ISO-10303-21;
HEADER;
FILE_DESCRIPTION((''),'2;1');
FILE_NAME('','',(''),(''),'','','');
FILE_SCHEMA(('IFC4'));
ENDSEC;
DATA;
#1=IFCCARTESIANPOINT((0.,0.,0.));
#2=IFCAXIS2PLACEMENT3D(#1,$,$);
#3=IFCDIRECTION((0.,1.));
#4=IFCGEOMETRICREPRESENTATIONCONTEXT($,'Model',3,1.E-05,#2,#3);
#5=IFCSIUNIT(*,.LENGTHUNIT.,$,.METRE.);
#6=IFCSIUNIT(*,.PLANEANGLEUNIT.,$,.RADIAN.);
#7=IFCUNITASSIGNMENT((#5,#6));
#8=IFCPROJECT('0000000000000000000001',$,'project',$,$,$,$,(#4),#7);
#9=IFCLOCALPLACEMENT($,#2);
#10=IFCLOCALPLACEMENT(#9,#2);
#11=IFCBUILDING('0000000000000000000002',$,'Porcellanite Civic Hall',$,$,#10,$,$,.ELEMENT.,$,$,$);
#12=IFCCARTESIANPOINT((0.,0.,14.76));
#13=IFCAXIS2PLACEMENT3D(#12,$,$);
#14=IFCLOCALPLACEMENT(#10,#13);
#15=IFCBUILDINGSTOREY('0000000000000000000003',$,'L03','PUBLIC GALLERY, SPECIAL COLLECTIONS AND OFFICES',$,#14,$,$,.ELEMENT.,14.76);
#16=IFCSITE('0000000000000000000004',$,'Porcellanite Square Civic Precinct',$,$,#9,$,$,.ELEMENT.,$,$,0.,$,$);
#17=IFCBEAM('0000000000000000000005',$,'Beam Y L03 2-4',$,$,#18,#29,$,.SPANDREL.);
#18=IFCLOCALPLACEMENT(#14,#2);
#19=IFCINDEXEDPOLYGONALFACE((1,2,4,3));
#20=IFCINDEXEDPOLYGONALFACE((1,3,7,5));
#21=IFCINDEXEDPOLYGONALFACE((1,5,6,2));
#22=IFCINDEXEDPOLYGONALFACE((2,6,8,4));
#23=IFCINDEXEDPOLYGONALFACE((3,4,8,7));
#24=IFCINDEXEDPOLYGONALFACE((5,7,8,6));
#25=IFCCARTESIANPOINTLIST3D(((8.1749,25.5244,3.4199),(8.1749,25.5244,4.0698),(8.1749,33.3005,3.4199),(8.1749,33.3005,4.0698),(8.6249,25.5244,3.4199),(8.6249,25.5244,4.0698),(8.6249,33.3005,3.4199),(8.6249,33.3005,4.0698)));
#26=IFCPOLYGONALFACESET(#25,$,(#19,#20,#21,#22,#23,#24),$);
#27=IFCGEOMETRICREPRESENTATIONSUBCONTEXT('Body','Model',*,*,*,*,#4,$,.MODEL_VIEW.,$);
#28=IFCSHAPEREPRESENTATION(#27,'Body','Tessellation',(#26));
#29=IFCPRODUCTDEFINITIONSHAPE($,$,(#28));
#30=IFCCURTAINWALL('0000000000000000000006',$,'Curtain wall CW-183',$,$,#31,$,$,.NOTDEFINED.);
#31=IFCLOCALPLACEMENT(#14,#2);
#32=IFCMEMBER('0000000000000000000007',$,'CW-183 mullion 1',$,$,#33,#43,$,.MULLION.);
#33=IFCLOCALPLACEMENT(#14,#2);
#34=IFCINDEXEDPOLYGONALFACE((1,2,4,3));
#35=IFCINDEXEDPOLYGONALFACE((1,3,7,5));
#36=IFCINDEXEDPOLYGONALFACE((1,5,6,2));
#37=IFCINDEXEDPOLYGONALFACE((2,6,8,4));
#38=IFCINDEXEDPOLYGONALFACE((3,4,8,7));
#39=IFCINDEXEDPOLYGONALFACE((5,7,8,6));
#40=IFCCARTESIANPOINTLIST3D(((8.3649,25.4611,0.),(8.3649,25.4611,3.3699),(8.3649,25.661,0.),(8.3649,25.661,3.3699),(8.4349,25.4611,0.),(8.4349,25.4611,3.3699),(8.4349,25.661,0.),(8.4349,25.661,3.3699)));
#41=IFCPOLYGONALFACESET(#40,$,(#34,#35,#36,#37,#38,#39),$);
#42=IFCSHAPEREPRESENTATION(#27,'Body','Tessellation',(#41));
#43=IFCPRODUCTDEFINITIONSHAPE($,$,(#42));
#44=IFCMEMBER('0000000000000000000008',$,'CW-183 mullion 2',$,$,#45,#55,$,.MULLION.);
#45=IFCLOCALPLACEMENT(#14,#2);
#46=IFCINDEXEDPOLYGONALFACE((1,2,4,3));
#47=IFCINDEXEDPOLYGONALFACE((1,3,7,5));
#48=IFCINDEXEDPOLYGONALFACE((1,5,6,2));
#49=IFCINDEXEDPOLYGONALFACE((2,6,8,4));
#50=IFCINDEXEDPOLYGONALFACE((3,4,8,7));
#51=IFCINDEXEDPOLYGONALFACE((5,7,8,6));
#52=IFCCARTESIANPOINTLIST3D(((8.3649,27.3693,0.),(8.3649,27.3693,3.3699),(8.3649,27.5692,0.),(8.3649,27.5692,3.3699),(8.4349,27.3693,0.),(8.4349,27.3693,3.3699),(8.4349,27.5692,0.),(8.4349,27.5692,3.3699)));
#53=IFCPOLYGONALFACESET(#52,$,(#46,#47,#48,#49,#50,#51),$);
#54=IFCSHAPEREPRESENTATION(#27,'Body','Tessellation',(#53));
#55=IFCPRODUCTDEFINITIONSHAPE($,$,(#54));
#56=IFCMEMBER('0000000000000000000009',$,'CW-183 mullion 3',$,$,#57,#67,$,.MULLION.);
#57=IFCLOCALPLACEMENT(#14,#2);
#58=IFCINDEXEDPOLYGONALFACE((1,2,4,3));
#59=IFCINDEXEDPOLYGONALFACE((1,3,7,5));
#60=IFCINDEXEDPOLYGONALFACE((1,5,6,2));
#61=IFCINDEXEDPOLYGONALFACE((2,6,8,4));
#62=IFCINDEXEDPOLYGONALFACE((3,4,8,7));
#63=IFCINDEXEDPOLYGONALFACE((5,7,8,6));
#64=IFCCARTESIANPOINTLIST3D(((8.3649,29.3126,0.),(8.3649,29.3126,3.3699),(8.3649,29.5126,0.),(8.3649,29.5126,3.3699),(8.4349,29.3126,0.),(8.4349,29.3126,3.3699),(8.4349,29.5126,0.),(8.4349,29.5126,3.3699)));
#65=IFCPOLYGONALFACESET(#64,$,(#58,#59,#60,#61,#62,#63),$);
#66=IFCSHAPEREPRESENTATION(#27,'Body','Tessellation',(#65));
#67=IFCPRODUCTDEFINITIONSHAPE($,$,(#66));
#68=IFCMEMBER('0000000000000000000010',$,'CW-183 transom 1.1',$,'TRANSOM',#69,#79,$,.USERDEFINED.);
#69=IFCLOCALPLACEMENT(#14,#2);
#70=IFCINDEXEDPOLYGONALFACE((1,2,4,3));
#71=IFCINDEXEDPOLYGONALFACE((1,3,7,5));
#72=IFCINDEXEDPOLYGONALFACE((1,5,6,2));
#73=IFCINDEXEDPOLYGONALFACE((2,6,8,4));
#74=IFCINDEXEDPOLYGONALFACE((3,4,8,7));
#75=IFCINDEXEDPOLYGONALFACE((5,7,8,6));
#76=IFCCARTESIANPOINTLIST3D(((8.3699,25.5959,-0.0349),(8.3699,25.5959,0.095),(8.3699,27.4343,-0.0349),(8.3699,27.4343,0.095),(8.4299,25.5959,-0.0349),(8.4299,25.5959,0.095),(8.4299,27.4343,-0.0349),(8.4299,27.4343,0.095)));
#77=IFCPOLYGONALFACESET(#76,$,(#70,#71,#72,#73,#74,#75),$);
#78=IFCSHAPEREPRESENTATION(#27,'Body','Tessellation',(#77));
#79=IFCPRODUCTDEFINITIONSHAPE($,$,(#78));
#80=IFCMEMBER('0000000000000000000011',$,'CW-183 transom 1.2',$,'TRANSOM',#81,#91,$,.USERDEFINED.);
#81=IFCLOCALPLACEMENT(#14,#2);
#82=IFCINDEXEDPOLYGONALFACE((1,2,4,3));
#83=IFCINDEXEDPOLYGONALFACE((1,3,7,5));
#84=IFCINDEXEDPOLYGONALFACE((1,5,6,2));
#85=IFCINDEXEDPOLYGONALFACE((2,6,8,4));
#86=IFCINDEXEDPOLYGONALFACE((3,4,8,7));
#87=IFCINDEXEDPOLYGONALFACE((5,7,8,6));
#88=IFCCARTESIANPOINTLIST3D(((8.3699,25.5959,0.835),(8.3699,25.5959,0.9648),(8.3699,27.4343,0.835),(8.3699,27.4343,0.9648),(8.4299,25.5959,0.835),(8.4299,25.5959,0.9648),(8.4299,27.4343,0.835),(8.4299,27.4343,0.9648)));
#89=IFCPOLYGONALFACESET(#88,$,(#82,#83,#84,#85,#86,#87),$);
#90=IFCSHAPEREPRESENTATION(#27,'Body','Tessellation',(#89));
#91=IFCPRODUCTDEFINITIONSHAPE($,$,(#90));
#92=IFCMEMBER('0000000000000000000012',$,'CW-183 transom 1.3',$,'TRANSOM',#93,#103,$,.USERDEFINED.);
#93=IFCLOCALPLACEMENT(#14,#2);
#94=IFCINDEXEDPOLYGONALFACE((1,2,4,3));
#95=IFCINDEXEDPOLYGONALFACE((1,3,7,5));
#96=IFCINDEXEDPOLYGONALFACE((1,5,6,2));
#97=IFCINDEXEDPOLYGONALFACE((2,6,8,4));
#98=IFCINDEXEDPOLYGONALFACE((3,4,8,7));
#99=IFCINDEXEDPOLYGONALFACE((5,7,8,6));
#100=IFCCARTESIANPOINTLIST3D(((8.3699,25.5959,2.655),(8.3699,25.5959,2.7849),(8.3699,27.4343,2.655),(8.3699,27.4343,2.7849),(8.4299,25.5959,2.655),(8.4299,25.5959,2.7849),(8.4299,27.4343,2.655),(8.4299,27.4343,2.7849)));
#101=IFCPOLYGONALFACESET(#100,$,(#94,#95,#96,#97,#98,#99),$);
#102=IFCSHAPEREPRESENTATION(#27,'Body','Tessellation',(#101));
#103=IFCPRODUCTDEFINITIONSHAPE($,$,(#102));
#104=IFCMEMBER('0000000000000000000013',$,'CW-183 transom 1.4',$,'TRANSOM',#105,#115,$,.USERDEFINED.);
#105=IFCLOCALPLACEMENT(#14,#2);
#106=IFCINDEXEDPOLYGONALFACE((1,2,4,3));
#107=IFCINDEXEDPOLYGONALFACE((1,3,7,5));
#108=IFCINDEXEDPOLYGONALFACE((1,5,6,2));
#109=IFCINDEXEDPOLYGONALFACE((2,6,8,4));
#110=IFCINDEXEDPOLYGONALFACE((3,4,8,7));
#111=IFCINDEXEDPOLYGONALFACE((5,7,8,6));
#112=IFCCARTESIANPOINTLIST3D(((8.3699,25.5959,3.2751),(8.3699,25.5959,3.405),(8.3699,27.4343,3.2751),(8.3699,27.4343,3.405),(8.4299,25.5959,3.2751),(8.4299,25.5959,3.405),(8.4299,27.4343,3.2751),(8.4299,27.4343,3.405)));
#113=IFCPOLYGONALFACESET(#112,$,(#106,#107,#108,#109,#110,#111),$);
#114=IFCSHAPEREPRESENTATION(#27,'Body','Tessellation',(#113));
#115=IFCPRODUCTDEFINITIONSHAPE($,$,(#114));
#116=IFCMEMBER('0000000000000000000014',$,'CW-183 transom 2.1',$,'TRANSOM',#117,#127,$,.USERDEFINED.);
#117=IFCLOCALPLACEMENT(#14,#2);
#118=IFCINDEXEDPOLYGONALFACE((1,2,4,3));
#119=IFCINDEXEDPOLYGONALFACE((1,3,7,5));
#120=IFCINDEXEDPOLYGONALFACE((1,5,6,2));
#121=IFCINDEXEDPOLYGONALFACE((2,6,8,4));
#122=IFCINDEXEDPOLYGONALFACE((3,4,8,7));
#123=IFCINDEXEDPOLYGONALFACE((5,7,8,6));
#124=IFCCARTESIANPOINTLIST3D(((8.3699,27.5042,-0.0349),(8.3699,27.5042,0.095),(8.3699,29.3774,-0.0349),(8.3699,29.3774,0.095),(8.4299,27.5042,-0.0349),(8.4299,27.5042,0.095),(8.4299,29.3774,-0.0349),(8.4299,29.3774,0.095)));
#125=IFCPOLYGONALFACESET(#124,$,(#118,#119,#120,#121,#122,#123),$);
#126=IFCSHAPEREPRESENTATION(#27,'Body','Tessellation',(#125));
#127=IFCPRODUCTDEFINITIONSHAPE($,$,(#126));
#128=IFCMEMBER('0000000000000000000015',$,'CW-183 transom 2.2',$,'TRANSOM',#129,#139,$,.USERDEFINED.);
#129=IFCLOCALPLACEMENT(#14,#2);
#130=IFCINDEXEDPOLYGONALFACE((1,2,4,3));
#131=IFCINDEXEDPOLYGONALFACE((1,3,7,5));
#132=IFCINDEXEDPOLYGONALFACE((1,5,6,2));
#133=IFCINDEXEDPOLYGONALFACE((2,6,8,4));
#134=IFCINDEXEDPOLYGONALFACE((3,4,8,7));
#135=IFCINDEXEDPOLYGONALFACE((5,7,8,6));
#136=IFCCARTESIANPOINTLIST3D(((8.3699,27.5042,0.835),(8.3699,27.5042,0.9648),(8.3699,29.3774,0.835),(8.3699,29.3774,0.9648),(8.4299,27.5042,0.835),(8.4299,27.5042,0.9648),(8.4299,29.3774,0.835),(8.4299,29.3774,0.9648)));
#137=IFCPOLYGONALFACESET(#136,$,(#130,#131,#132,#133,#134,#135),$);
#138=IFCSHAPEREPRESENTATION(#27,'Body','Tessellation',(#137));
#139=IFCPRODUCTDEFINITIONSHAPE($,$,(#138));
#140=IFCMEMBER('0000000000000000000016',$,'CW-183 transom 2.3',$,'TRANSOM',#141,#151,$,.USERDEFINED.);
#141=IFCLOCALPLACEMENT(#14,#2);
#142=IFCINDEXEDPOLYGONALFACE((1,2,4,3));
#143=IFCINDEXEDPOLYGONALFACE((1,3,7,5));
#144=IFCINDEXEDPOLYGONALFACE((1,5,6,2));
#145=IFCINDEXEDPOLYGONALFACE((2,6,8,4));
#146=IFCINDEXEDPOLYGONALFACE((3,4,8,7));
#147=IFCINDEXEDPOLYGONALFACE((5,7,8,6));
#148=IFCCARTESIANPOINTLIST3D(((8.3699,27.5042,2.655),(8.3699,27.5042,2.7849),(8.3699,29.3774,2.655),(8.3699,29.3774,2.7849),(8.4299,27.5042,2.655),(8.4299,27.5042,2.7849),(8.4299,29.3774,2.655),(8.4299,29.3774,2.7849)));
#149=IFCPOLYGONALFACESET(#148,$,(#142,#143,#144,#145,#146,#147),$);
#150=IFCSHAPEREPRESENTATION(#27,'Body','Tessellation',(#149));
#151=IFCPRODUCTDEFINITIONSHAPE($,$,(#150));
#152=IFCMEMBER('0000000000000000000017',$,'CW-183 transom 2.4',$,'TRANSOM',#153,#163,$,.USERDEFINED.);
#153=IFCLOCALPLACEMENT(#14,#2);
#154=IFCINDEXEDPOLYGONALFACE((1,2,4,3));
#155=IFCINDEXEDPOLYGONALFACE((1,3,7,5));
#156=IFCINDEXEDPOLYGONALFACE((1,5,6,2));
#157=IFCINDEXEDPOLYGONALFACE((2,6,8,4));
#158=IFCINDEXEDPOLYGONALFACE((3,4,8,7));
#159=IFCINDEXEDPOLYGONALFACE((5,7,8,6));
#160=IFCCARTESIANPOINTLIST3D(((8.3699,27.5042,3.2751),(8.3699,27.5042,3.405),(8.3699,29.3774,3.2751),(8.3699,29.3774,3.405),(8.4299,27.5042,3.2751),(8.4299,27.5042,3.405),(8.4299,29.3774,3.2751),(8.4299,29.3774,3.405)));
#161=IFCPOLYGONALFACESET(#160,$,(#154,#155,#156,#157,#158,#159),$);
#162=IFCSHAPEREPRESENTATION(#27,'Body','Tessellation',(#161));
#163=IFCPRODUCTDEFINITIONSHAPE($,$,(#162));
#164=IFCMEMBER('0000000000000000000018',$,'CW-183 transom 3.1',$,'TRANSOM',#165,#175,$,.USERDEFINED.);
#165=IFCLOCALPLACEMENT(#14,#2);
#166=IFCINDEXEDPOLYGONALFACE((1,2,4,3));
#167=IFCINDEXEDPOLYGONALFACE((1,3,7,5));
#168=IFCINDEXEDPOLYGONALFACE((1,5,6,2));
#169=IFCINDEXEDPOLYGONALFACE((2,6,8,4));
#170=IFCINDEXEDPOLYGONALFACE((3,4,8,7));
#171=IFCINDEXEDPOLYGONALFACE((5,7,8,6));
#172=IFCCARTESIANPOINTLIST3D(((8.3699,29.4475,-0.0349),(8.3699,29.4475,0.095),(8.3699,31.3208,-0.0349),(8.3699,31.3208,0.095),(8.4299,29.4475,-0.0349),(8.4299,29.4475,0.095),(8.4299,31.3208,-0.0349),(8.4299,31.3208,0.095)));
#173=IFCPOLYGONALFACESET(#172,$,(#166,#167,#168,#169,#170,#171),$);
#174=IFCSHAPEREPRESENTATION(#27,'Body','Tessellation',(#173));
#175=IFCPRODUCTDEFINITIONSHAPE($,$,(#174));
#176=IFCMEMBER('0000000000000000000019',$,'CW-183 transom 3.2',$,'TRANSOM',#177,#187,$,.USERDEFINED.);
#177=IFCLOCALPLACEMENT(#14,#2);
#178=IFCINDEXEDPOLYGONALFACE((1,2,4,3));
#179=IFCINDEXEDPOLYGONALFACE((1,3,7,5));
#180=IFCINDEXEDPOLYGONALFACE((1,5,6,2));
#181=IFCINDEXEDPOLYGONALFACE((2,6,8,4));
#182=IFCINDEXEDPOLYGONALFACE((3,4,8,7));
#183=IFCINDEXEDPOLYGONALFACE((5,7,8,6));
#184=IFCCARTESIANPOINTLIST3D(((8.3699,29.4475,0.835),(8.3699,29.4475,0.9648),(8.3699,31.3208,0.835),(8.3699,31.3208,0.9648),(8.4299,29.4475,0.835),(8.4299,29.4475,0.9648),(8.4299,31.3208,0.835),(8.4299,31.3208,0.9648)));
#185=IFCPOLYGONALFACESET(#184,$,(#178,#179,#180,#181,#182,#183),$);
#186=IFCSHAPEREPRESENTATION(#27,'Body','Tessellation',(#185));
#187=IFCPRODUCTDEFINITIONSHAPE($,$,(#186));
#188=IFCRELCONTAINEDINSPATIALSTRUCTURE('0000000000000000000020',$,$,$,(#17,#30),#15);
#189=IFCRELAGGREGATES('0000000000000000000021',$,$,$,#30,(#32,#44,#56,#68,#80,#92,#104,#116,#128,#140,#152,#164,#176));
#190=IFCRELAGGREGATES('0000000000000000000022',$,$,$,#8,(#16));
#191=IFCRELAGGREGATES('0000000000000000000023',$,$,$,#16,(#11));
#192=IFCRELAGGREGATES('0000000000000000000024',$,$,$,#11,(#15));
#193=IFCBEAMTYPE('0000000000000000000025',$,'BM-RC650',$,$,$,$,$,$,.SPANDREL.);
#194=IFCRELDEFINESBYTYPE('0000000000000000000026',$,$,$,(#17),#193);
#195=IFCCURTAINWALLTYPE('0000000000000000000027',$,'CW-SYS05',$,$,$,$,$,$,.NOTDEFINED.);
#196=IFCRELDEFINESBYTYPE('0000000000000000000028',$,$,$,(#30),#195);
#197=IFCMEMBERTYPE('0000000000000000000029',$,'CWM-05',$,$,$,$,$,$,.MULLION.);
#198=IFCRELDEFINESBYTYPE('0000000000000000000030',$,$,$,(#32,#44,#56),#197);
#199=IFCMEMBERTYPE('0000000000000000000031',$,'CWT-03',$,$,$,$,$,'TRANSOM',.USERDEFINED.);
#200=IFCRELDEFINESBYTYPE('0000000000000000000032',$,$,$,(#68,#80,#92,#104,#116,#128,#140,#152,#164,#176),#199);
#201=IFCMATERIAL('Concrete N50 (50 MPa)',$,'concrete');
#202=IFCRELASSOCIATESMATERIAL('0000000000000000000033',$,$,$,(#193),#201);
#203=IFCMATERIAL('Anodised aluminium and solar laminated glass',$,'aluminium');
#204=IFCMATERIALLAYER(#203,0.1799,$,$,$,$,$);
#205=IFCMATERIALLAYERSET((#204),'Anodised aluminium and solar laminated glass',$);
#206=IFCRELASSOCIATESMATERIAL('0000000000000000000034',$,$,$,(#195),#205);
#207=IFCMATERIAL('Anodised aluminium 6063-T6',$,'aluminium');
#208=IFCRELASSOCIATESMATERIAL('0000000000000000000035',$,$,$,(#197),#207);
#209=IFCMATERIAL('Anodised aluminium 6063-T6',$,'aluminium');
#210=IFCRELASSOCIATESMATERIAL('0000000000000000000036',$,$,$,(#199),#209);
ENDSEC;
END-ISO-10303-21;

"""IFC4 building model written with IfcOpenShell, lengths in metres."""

from ifc_helpers import new_model, si_unit, direction, frame, origin, origin_2d, place, context, subcontext, project, spatial, rectangle, extrude, material, layer, layer_set, material_profile, profile_set, type_object, element, aggregate, save


model = new_model("IFC4")

# Units and contexts
model_context = context("Model", 3, precision=1e-05, world=origin(), true_north=direction((0.0, 1.0)))
body_context = subcontext(model_context, "Body", "Model", "MODEL_VIEW")
ifc_project = project(units=[si_unit("LENGTHUNIT", "METRE"), si_unit("PLANEANGLEUNIT", "RADIAN")], contexts=[model_context])

# Site, building, storey
site_placement = place(None, origin())
site = spatial("IfcSite", under=ifc_project, at=site_placement, Name="Porcellanite Square Civic Precinct", CompositionType="ELEMENT", RefElevation=0.0)
building_placement = place(site_placement, origin())
building = spatial("IfcBuilding", under=site, at=building_placement, Name="Porcellanite Civic Hall", CompositionType="ELEMENT")
storey_placement = place(building_placement, frame((0.0, 0.0, 14.76)))
storey = spatial("IfcBuildingStorey", under=building, at=storey_placement, Name="L03", Description="PUBLIC GALLERY, SPECIAL COLLECTIONS AND OFFICES", CompositionType="ELEMENT", Elevation=14.76)

# Beam
ifc_material_1 = material(Name="Concrete N50 (50 MPa)", Category="concrete")
ifc_material_profile_1 = material_profile(ifc_material_1, rectangle(XDim=0.45, YDim=0.6499, at=origin_2d()), Name="RC-450x650")
ifc_profile_set_1 = profile_set([ifc_material_profile_1], Name="Concrete N50 (50 MPa)")
beam_type = type_object("IfcBeamType", Name="BM-RC650", PredefinedType="SPANDREL", material=ifc_profile_set_1)
beam_placement = place(storey_placement, frame((8.3999, 25.5244, 3.7449), z_axis=(0.0, 1.0, 0.0), x_axis=(-1.0, 0.0, 0.0)))
element("IfcBeam", 1, at=beam_placement, inside=storey, type_object=beam_type, Name="Beam Y L03 2-4", PredefinedType="SPANDREL", context=body_context, shape_type="SweptSolid", body=[
    extrude(rectangle(XDim=0.45, YDim=0.6499, at=origin_2d()), origin(), (0.0, 0.0, 1.0), 7.7761),
])

# Curtain wall, members
ifc_material_2 = material(Name="Anodised aluminium and solar laminated glass", Category="aluminium")
ifc_layer_1 = layer(ifc_material_2, 0.1799)
ifc_layer_set_1 = layer_set([ifc_layer_1], Name="Anodised aluminium and solar laminated glass")
curtain_wall_type = type_object("IfcCurtainWallType", Name="CW-SYS05", PredefinedType="NOTDEFINED", material=ifc_layer_set_1)
curtain_wall_placement = place(storey_placement, origin())
curtain_wall = element("IfcCurtainWall", 2, at=curtain_wall_placement, inside=storey, type_object=curtain_wall_type, Name="Curtain wall CW-183", PredefinedType="NOTDEFINED")
ifc_material_3 = material(Name="Anodised aluminium 6063-T6", Category="aluminium")
ifc_material_profile_2 = material_profile(ifc_material_3, rectangle(XDim=0.0701, YDim=0.2, at=origin_2d()), Name="AL-70x200")
ifc_profile_set_2 = profile_set([ifc_material_profile_2], Name="Anodised aluminium 6063-T6")
member_type_1 = type_object("IfcMemberType", Name="CWM-05", PredefinedType="MULLION", material=ifc_profile_set_2)
member_1_placement = place(storey_placement, frame((8.3999, 25.561, 0.0), z_axis=(0.0, 0.0, 1.0), x_axis=(-1.0, 0.0, 0.0)))
member_1 = element("IfcMember", 3, at=member_1_placement, type_object=member_type_1, Name="CW-183 mullion 1", PredefinedType="MULLION", context=body_context, shape_type="SweptSolid", body=[
    extrude(rectangle(XDim=0.0701, YDim=0.2, at=origin_2d()), origin(), (0.0, 0.0, 1.0), 3.3699),
])
member_2_placement = place(storey_placement, frame((8.3999, 27.4692, 0.0), z_axis=(0.0, 0.0, 1.0), x_axis=(-1.0, 0.0, 0.0)))
member_2 = element("IfcMember", 4, at=member_2_placement, type_object=member_type_1, Name="CW-183 mullion 2", PredefinedType="MULLION", context=body_context, shape_type="SweptSolid", body=[
    extrude(rectangle(XDim=0.0701, YDim=0.2, at=origin_2d()), origin(), (0.0, 0.0, 1.0), 3.3699),
])
member_3_placement = place(storey_placement, frame((8.3999, 29.4126, 0.0), z_axis=(0.0, 0.0, 1.0), x_axis=(-1.0, 0.0, 0.0)))
member_3 = element("IfcMember", 5, at=member_3_placement, type_object=member_type_1, Name="CW-183 mullion 3", PredefinedType="MULLION", context=body_context, shape_type="SweptSolid", body=[
    extrude(rectangle(XDim=0.0701, YDim=0.2, at=origin_2d()), origin(), (0.0, 0.0, 1.0), 3.3699),
])
ifc_material_4 = material(Name="Anodised aluminium 6063-T6", Category="aluminium")
ifc_material_profile_3 = material_profile(ifc_material_4, rectangle(XDim=0.0601, YDim=0.1299, at=origin_2d()), Name="AL-60x130")
ifc_profile_set_3 = profile_set([ifc_material_profile_3], Name="Anodised aluminium 6063-T6")
member_type_2 = type_object("IfcMemberType", Name="CWT-03", ElementType="TRANSOM", PredefinedType="USERDEFINED", material=ifc_profile_set_3)
member_4_placement = place(storey_placement, frame((8.3999, 25.5959, 0.03), z_axis=(0.0, 1.0, 0.0), x_axis=(-1.0, 0.0, 0.0)))
member_4 = element("IfcMember", 6, at=member_4_placement, type_object=member_type_2, Name="CW-183 transom 1.1", ObjectType="TRANSOM", PredefinedType="USERDEFINED", context=body_context, shape_type="SweptSolid", body=[
    extrude(rectangle(XDim=0.0601, YDim=0.1299, at=origin_2d()), origin(), (0.0, 0.0, 1.0), 1.8384),
])
member_5_placement = place(storey_placement, frame((8.3999, 25.5959, 0.8999), z_axis=(0.0, 1.0, 0.0), x_axis=(-1.0, 0.0, 0.0)))
member_5 = element("IfcMember", 7, at=member_5_placement, type_object=member_type_2, Name="CW-183 transom 1.2", ObjectType="TRANSOM", PredefinedType="USERDEFINED", context=body_context, shape_type="SweptSolid", body=[
    extrude(rectangle(XDim=0.0601, YDim=0.1299, at=origin_2d()), origin(), (0.0, 0.0, 1.0), 1.8384),
])
member_6_placement = place(storey_placement, frame((8.3999, 25.5959, 2.72), z_axis=(0.0, 1.0, 0.0), x_axis=(-1.0, 0.0, 0.0)))
member_6 = element("IfcMember", 8, at=member_6_placement, type_object=member_type_2, Name="CW-183 transom 1.3", ObjectType="TRANSOM", PredefinedType="USERDEFINED", context=body_context, shape_type="SweptSolid", body=[
    extrude(rectangle(XDim=0.0601, YDim=0.1299, at=origin_2d()), origin(), (0.0, 0.0, 1.0), 1.8384),
])
member_7_placement = place(storey_placement, frame((8.3999, 25.5959, 3.3401), z_axis=(0.0, 1.0, 0.0), x_axis=(-1.0, 0.0, 0.0)))
member_7 = element("IfcMember", 9, at=member_7_placement, type_object=member_type_2, Name="CW-183 transom 1.4", ObjectType="TRANSOM", PredefinedType="USERDEFINED", context=body_context, shape_type="SweptSolid", body=[
    extrude(rectangle(XDim=0.0601, YDim=0.1299, at=origin_2d()), origin(), (0.0, 0.0, 1.0), 1.8384),
])
member_8_placement = place(storey_placement, frame((8.3999, 27.5042, 0.03), z_axis=(0.0, 1.0, 0.0), x_axis=(-1.0, 0.0, 0.0)))
member_8 = element("IfcMember", 10, at=member_8_placement, type_object=member_type_2, Name="CW-183 transom 2.1", ObjectType="TRANSOM", PredefinedType="USERDEFINED", context=body_context, shape_type="SweptSolid", body=[
    extrude(rectangle(XDim=0.0601, YDim=0.1299, at=origin_2d()), origin(), (0.0, 0.0, 1.0), 1.8733),
])
member_9_placement = place(storey_placement, frame((8.3999, 27.5042, 0.8999), z_axis=(0.0, 1.0, 0.0), x_axis=(-1.0, 0.0, 0.0)))
member_9 = element("IfcMember", 11, at=member_9_placement, type_object=member_type_2, Name="CW-183 transom 2.2", ObjectType="TRANSOM", PredefinedType="USERDEFINED", context=body_context, shape_type="SweptSolid", body=[
    extrude(rectangle(XDim=0.0601, YDim=0.1299, at=origin_2d()), origin(), (0.0, 0.0, 1.0), 1.8733),
])
member_10_placement = place(storey_placement, frame((8.3999, 27.5042, 2.72), z_axis=(0.0, 1.0, 0.0), x_axis=(-1.0, 0.0, 0.0)))
member_10 = element("IfcMember", 12, at=member_10_placement, type_object=member_type_2, Name="CW-183 transom 2.3", ObjectType="TRANSOM", PredefinedType="USERDEFINED", context=body_context, shape_type="SweptSolid", body=[
    extrude(rectangle(XDim=0.0601, YDim=0.1299, at=origin_2d()), origin(), (0.0, 0.0, 1.0), 1.8733),
])
member_11_placement = place(storey_placement, frame((8.3999, 27.5042, 3.3401), z_axis=(0.0, 1.0, 0.0), x_axis=(-1.0, 0.0, 0.0)))
member_11 = element("IfcMember", 13, at=member_11_placement, type_object=member_type_2, Name="CW-183 transom 2.4", ObjectType="TRANSOM", PredefinedType="USERDEFINED", context=body_context, shape_type="SweptSolid", body=[
    extrude(rectangle(XDim=0.0601, YDim=0.1299, at=origin_2d()), origin(), (0.0, 0.0, 1.0), 1.8733),
])
member_12_placement = place(storey_placement, frame((8.3999, 29.4475, 0.03), z_axis=(0.0, 1.0, 0.0), x_axis=(-1.0, 0.0, 0.0)))
member_12 = element("IfcMember", 14, at=member_12_placement, type_object=member_type_2, Name="CW-183 transom 3.1", ObjectType="TRANSOM", PredefinedType="USERDEFINED", context=body_context, shape_type="SweptSolid", body=[
    extrude(rectangle(XDim=0.0601, YDim=0.1299, at=origin_2d()), origin(), (0.0, 0.0, 1.0), 1.8733),
])
member_13_placement = place(storey_placement, frame((8.3999, 29.4475, 0.8999), z_axis=(0.0, 1.0, 0.0), x_axis=(-1.0, 0.0, 0.0)))
member_13 = element("IfcMember", 15, at=member_13_placement, type_object=member_type_2, Name="CW-183 transom 3.2", ObjectType="TRANSOM", PredefinedType="USERDEFINED", context=body_context, shape_type="SweptSolid", body=[
    extrude(rectangle(XDim=0.0601, YDim=0.1299, at=origin_2d()), origin(), (0.0, 0.0, 1.0), 1.8733),
])

aggregate(curtain_wall, [member_1, member_2, member_3, member_4, member_5, member_6, member_7, member_8, member_9, member_10, member_11, member_12, member_13])

save(model, "model.ifc")
